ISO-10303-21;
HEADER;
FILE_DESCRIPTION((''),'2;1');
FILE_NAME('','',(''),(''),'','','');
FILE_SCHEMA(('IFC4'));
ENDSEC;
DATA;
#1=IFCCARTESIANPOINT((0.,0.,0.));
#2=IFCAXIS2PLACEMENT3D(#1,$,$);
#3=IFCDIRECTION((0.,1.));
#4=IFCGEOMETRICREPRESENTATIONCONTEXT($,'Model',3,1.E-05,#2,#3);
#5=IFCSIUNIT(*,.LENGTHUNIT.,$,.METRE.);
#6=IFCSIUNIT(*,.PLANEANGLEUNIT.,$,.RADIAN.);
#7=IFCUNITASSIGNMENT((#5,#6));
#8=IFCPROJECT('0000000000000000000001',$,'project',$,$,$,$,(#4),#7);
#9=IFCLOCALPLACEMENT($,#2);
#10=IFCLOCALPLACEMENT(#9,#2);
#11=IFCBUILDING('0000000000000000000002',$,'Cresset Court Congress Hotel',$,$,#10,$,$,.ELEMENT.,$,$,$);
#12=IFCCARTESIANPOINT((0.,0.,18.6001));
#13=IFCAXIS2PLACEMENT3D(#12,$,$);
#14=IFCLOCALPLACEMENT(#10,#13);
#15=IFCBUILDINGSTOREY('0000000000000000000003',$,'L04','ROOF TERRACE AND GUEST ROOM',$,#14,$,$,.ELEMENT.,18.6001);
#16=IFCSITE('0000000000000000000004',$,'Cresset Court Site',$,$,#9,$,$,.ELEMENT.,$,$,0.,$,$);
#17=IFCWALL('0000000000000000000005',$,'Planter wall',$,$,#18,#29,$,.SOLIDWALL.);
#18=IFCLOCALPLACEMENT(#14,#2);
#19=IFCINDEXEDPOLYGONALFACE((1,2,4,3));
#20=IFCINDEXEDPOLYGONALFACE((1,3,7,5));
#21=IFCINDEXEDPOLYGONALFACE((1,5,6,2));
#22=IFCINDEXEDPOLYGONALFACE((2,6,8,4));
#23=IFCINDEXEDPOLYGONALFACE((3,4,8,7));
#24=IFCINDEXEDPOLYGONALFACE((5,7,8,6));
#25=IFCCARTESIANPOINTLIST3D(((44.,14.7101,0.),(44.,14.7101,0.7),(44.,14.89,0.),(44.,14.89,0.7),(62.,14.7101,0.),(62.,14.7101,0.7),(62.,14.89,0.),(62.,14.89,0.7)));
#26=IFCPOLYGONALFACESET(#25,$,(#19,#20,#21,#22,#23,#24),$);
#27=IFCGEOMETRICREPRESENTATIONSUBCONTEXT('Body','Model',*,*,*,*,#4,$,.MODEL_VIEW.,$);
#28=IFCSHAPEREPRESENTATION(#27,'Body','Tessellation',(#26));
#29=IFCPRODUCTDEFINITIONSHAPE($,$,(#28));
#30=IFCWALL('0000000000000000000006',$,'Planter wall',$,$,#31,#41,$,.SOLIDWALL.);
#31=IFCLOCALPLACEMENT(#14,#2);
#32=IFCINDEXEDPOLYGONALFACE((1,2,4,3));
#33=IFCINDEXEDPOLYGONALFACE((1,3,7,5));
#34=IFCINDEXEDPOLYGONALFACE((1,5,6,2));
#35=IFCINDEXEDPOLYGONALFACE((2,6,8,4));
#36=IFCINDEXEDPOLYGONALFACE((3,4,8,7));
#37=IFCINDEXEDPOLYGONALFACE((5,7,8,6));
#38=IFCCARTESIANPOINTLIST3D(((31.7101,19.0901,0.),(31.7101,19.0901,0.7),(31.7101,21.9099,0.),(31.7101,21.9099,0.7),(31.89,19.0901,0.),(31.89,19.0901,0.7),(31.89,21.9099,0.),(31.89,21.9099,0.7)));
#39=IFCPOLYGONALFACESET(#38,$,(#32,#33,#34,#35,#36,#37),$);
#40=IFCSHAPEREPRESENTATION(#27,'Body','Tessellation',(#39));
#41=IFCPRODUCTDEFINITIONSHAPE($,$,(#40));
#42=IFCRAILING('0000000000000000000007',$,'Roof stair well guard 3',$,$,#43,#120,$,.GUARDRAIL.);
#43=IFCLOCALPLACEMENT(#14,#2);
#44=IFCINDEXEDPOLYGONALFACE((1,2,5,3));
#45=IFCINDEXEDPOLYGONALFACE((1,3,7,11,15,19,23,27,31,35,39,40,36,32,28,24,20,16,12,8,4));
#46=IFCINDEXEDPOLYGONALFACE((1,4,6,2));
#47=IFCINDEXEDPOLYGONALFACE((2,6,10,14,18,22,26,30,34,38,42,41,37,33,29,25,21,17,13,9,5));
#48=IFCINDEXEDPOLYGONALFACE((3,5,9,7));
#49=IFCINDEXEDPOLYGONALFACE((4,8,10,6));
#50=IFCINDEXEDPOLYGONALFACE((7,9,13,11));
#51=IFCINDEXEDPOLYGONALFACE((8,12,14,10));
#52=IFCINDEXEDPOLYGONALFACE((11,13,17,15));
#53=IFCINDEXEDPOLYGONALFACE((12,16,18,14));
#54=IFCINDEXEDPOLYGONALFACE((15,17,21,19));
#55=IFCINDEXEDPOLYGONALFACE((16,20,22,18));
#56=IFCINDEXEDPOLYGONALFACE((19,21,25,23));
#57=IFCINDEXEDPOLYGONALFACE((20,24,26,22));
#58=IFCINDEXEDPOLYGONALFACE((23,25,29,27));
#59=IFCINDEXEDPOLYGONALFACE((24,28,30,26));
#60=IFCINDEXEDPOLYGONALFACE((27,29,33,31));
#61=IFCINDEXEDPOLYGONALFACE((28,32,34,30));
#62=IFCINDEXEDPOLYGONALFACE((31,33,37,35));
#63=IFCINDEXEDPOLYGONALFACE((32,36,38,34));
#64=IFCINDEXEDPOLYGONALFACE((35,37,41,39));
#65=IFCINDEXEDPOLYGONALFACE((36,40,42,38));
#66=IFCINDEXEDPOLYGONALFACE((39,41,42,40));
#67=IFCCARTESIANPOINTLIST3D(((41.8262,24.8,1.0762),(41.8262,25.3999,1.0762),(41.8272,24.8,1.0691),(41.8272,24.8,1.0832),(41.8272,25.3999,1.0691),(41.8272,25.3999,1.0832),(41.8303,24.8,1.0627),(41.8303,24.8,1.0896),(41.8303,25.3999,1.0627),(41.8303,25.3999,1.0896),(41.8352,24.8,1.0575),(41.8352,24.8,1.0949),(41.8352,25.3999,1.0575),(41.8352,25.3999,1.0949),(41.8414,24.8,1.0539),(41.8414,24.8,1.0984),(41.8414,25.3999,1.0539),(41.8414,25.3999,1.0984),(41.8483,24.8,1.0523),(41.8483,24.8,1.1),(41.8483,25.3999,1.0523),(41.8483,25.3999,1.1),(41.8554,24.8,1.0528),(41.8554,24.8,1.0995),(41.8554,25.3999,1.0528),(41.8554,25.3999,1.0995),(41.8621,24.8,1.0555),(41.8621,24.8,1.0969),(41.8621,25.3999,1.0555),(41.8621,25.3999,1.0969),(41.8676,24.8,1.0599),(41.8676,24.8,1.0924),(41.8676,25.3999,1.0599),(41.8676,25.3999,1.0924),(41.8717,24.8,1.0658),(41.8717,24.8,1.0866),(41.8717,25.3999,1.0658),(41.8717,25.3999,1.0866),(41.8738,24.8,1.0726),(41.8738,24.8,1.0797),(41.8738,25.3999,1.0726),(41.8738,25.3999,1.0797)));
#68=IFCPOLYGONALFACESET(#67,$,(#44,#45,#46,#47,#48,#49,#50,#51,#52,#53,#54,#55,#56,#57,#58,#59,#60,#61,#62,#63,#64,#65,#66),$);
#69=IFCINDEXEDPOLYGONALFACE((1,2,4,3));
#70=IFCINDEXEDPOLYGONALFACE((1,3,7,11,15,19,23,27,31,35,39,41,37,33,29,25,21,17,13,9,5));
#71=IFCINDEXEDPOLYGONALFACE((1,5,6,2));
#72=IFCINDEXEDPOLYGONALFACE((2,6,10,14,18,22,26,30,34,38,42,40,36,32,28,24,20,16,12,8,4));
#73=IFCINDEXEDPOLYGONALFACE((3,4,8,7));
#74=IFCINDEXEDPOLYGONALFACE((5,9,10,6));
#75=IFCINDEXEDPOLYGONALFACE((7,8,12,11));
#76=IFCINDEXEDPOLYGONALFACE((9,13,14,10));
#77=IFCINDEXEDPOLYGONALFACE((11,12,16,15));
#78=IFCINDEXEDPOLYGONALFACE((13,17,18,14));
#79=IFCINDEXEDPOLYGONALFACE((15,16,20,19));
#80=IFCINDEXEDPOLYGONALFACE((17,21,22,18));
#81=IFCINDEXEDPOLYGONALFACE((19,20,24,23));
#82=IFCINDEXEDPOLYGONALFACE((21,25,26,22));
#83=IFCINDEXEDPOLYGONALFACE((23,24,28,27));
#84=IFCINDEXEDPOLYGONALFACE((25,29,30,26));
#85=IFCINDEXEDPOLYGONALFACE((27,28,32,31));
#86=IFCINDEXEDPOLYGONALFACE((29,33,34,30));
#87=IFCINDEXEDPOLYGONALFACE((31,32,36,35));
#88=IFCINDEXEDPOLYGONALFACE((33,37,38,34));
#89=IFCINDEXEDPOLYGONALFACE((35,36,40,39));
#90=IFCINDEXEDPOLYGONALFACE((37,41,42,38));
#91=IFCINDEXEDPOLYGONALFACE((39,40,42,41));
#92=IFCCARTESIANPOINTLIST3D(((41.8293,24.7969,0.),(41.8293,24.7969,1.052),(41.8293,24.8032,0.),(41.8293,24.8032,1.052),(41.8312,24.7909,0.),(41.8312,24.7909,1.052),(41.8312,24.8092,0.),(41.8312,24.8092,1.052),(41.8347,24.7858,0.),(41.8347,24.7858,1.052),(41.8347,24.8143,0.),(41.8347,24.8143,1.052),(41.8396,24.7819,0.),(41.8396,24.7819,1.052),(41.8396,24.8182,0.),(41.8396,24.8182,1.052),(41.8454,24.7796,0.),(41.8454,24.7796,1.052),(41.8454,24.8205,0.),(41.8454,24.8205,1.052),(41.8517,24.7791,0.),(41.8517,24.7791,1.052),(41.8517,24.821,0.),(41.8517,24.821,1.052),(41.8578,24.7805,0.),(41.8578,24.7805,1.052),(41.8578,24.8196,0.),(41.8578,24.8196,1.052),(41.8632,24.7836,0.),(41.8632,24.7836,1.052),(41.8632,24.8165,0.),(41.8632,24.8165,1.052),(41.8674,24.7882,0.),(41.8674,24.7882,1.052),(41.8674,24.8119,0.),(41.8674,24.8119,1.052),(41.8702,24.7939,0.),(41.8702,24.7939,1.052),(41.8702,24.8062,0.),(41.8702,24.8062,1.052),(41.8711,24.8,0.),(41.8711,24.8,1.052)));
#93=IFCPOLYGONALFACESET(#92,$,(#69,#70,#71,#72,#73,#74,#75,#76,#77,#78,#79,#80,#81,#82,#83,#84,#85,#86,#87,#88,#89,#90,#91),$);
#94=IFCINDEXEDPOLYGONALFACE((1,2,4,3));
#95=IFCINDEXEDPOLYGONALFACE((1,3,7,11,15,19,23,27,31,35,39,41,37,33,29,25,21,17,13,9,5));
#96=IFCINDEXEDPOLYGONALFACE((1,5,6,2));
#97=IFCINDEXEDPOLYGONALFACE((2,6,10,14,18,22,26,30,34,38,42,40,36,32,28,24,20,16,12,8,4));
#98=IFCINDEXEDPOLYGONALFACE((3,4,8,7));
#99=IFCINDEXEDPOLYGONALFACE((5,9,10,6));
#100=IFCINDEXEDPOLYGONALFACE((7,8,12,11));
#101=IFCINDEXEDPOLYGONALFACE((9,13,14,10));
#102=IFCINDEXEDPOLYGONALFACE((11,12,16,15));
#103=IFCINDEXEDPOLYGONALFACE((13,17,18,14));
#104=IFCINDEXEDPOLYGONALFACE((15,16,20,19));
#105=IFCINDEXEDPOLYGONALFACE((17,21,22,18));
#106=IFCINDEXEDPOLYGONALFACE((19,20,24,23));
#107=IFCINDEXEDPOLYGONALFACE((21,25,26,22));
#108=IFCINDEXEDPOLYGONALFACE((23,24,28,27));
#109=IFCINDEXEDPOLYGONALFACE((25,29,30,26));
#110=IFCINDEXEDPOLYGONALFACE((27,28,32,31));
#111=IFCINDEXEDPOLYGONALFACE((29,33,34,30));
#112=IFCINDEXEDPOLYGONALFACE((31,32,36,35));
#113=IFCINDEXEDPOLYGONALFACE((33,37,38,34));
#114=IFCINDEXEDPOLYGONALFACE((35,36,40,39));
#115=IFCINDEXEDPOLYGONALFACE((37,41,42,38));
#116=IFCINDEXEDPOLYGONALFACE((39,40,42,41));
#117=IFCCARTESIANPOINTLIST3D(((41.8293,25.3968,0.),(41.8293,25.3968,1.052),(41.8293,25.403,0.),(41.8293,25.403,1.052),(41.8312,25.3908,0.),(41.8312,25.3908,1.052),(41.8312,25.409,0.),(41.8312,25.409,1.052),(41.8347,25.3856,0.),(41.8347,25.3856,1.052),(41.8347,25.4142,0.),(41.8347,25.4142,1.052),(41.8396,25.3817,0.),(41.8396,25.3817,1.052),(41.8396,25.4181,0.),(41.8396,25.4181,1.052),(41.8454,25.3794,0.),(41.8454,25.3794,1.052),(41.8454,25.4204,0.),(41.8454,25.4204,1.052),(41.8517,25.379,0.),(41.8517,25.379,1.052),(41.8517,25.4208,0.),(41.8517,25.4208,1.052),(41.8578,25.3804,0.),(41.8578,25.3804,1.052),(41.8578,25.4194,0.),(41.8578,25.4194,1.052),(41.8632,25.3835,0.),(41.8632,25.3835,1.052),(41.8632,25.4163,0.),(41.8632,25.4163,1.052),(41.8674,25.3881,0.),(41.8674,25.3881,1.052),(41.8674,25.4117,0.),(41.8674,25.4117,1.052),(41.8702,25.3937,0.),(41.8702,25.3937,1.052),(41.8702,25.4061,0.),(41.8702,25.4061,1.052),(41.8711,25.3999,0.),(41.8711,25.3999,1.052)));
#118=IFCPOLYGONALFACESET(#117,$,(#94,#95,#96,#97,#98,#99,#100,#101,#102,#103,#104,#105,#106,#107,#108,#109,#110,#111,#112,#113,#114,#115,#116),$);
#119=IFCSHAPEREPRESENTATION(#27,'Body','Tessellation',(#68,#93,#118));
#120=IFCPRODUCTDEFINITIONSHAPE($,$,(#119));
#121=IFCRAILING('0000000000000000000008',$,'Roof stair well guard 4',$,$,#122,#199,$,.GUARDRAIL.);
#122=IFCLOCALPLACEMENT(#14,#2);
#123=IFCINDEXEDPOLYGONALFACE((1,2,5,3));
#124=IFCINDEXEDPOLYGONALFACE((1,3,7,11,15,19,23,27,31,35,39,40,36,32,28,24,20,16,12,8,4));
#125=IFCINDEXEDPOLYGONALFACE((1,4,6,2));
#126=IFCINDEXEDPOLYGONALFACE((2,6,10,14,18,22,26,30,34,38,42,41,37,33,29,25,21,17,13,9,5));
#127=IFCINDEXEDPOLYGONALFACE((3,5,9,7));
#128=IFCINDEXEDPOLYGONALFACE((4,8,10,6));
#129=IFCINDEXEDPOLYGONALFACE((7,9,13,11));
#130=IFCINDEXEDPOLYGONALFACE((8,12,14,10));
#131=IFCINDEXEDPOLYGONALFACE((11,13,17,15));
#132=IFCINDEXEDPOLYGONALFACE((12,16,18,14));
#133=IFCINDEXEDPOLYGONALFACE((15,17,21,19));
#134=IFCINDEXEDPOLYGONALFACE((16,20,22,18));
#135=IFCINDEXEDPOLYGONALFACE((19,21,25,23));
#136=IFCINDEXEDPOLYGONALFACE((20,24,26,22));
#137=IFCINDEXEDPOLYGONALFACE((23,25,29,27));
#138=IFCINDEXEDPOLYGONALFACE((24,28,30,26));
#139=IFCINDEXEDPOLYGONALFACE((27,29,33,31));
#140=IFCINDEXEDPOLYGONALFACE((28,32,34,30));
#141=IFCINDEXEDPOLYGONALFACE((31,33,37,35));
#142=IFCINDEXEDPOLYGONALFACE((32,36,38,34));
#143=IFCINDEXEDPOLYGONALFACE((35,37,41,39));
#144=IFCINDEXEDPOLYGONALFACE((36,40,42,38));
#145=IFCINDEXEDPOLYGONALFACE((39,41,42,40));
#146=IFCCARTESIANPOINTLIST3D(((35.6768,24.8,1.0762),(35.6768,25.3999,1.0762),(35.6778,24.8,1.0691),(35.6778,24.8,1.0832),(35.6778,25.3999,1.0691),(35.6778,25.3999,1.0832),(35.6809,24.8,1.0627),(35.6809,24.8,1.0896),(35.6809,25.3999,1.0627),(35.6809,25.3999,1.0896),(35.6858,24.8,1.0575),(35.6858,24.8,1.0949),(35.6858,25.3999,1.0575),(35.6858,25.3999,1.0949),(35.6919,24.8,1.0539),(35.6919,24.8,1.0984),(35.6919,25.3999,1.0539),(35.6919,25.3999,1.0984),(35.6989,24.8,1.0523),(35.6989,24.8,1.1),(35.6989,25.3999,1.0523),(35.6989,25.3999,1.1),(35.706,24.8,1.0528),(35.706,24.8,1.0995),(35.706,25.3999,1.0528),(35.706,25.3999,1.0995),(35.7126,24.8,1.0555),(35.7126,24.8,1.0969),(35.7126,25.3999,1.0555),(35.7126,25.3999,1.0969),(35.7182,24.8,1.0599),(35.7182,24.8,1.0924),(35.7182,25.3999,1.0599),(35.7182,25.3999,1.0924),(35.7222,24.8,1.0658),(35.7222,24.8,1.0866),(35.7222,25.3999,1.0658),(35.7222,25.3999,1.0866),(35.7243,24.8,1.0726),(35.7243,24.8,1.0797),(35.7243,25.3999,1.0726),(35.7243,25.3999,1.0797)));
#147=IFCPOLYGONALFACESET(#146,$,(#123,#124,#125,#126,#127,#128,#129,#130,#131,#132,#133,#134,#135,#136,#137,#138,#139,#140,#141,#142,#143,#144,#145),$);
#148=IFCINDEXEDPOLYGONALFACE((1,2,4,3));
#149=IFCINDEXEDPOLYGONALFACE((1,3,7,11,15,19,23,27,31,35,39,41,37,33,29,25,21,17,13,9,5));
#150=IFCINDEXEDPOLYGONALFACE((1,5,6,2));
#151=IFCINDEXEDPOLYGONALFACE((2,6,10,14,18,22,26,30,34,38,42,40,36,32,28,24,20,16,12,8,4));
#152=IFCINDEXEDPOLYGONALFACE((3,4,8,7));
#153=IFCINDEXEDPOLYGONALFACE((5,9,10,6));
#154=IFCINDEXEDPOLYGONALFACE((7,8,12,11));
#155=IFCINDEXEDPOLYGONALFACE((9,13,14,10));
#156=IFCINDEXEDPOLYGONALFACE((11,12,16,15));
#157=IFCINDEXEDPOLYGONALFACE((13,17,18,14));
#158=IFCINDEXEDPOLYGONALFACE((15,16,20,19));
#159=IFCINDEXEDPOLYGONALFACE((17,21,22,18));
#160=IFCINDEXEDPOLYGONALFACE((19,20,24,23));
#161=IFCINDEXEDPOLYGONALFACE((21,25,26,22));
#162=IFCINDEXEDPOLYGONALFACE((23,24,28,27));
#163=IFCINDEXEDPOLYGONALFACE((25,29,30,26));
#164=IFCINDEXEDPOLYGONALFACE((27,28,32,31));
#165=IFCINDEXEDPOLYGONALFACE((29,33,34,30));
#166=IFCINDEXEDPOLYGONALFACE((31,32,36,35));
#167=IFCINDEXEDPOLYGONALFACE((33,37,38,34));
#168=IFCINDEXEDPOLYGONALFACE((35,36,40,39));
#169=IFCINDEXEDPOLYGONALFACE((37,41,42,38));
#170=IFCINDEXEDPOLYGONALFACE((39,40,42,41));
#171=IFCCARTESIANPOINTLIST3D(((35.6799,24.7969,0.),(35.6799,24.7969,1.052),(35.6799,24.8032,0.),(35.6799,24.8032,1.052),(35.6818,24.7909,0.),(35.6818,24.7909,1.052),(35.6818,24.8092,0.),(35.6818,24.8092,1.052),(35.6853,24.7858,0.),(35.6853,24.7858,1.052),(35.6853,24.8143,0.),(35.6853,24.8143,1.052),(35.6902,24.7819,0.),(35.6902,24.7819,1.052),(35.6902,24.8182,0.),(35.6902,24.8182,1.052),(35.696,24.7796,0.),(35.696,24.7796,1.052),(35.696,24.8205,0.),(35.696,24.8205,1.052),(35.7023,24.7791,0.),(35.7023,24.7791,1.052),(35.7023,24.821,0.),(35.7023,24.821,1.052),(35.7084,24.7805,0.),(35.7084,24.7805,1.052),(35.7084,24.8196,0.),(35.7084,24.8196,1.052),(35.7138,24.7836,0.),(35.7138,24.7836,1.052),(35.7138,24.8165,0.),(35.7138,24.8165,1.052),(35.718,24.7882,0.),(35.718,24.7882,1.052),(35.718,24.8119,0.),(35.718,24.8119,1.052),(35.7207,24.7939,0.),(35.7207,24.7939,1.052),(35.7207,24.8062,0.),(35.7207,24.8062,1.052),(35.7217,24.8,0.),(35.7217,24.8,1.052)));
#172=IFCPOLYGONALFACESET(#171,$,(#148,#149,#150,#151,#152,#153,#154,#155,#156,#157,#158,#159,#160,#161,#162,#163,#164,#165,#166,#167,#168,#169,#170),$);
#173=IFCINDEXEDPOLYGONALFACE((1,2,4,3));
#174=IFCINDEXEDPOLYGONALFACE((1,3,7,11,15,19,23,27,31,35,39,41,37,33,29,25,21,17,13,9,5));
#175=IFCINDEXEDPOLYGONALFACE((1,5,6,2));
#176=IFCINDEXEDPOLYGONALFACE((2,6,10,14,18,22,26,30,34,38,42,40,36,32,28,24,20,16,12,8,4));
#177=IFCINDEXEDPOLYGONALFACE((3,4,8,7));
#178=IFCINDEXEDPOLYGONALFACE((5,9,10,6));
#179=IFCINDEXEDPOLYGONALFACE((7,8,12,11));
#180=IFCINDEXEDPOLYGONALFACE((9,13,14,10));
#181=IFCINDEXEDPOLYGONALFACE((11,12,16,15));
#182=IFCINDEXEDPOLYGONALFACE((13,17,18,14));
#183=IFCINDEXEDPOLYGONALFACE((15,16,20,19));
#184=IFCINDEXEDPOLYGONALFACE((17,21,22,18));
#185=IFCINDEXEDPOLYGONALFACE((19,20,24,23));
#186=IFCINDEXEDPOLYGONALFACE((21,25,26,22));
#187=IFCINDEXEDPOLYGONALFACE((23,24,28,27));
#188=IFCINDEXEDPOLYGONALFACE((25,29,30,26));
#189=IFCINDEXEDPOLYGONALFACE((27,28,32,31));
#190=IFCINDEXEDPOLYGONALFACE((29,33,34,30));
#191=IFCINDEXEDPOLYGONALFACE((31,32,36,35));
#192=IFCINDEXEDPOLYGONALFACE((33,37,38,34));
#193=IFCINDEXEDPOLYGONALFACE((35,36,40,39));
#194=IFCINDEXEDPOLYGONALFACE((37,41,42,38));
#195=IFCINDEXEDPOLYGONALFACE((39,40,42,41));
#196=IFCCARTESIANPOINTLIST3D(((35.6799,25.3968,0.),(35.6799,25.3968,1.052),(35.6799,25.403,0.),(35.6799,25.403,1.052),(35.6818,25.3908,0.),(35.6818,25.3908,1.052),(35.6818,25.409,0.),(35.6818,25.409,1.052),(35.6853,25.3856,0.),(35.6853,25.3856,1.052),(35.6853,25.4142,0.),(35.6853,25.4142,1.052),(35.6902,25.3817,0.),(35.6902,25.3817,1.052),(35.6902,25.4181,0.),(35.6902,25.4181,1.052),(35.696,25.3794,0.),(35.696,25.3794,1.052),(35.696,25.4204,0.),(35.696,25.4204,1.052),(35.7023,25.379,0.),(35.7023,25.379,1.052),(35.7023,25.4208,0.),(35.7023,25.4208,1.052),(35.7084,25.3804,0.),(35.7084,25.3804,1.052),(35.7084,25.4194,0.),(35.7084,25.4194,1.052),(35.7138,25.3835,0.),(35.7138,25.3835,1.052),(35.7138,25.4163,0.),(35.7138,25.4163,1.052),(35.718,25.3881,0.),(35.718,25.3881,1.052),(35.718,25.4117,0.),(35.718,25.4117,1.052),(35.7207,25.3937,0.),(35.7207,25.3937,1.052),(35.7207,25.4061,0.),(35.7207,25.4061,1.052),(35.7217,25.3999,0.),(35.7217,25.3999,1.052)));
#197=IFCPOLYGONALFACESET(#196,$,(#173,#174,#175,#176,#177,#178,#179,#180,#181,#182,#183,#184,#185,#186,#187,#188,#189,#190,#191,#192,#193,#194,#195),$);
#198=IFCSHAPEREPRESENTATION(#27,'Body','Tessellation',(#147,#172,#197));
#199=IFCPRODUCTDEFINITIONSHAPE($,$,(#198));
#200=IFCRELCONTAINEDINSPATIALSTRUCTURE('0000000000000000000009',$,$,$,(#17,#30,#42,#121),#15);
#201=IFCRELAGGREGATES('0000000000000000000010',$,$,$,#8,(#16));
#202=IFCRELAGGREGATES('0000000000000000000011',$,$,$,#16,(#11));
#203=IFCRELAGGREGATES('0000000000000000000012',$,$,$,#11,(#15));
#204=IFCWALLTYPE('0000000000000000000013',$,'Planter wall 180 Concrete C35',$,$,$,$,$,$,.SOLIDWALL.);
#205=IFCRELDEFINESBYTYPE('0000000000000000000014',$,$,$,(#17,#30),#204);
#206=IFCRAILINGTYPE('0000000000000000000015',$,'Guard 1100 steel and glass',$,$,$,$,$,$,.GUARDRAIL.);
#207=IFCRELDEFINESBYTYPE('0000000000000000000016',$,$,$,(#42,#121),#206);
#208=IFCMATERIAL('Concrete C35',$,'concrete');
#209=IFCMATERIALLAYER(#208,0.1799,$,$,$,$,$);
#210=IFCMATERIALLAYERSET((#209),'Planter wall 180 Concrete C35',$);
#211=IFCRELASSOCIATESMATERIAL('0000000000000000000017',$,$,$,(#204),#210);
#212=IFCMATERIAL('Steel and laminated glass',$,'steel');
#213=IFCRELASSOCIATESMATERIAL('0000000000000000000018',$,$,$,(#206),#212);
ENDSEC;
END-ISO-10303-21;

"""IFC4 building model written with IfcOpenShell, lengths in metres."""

from ifc_helpers import new_model, si_unit, direction, frame, frame_2d, origin, origin_2d, place, context, subcontext, project, spatial, rectangle, circle, extrude, material, layer, layer_set, type_object, element, save


model = new_model("IFC4")

# Units and contexts
model_context = context("Model", 3, precision=1e-05, world=origin(), true_north=direction((0.0, 1.0)))
body_context = subcontext(model_context, "Body", "Model", "MODEL_VIEW")
ifc_project = project(units=[si_unit("LENGTHUNIT", "METRE"), si_unit("PLANEANGLEUNIT", "RADIAN")], contexts=[model_context])

# Site, building, storey
site_placement = place(None, origin())
site = spatial("IfcSite", under=ifc_project, at=site_placement, Name="Cresset Court Site", CompositionType="ELEMENT", RefElevation=0.0)
building_placement = place(site_placement, origin())
building = spatial("IfcBuilding", under=site, at=building_placement, Name="Cresset Court Congress Hotel", CompositionType="ELEMENT")
storey_placement = place(building_placement, frame((0.0, 0.0, 18.6001)))
storey = spatial("IfcBuildingStorey", under=building, at=storey_placement, Name="L04", Description="ROOF TERRACE AND GUEST ROOM", CompositionType="ELEMENT", Elevation=18.6001)

# Walls
ifc_material_1 = material(Name="Concrete C35", Category="concrete")
ifc_layer_1 = layer(ifc_material_1, 0.1799)
ifc_layer_set_1 = layer_set([ifc_layer_1], Name="Planter wall 180 Concrete C35")
wall_type_1 = type_object("IfcWallType", Name="Planter wall 180 Concrete C35", PredefinedType="SOLIDWALL", material=ifc_layer_set_1)
wall_1_placement = place(storey_placement, frame((44.0, 14.8, 0.0), z_axis=(0.0, 0.0, 1.0), x_axis=(1.0, 0.0, 0.0)))
element("IfcWall", 1, at=wall_1_placement, inside=storey, type_object=wall_type_1, Name="Planter wall", PredefinedType="SOLIDWALL", context=body_context, shape_type="SweptSolid", body=[
    extrude(rectangle(XDim=18.0, YDim=0.1799, at=frame_2d((9.0, 0.0))), origin(), (0.0, 0.0, 1.0), 0.7),
])
wall_2_placement = place(storey_placement, frame((31.8, 19.0901, 0.0), z_axis=(0.0, 0.0, 1.0), x_axis=(0.0, 1.0, 0.0)))
element("IfcWall", 2, at=wall_2_placement, inside=storey, type_object=wall_type_1, Name="Planter wall", PredefinedType="SOLIDWALL", context=body_context, shape_type="SweptSolid", body=[
    extrude(rectangle(XDim=2.8198, YDim=0.1799, at=frame_2d((1.4099, 0.0))), origin(), (0.0, 0.0, 1.0), 0.7),
])

# Railings
ifc_material_2 = material(Name="Steel and laminated glass", Category="steel")
railing_type = type_object("IfcRailingType", Name="Guard 1100 steel and glass", PredefinedType="GUARDRAIL", material=ifc_material_2)
for number, where, name in (
    (3, (41.8501, 24.8, 0.0), "Roof stair well guard 3"),
    (4, (35.7007, 24.8, 0.0), "Roof stair well guard 4"),
):
    element("IfcRailing", number, at=place(storey_placement, frame(where)), inside=storey, type_object=railing_type, Name=name, PredefinedType="GUARDRAIL", context=body_context, shape_type="SweptSolid", body=[
        extrude(circle(Radius=0.0239, at=origin_2d()), frame((0.0, 0.0, 1.0762), z_axis=(0.0, 1.0, 0.0), x_axis=(-1.0, 0.0, 0.0)), (0.0, 0.0, 1.0), 0.5999),
        extrude(circle(Radius=0.021, at=origin_2d()), origin(), (0.0, 0.0, 1.0), 1.052),
        extrude(circle(Radius=0.021, at=origin_2d()), frame((0.0, 0.5999, 0.0)), (0.0, 0.0, 1.0), 1.052),
    ])

save(model, "model.ifc")
